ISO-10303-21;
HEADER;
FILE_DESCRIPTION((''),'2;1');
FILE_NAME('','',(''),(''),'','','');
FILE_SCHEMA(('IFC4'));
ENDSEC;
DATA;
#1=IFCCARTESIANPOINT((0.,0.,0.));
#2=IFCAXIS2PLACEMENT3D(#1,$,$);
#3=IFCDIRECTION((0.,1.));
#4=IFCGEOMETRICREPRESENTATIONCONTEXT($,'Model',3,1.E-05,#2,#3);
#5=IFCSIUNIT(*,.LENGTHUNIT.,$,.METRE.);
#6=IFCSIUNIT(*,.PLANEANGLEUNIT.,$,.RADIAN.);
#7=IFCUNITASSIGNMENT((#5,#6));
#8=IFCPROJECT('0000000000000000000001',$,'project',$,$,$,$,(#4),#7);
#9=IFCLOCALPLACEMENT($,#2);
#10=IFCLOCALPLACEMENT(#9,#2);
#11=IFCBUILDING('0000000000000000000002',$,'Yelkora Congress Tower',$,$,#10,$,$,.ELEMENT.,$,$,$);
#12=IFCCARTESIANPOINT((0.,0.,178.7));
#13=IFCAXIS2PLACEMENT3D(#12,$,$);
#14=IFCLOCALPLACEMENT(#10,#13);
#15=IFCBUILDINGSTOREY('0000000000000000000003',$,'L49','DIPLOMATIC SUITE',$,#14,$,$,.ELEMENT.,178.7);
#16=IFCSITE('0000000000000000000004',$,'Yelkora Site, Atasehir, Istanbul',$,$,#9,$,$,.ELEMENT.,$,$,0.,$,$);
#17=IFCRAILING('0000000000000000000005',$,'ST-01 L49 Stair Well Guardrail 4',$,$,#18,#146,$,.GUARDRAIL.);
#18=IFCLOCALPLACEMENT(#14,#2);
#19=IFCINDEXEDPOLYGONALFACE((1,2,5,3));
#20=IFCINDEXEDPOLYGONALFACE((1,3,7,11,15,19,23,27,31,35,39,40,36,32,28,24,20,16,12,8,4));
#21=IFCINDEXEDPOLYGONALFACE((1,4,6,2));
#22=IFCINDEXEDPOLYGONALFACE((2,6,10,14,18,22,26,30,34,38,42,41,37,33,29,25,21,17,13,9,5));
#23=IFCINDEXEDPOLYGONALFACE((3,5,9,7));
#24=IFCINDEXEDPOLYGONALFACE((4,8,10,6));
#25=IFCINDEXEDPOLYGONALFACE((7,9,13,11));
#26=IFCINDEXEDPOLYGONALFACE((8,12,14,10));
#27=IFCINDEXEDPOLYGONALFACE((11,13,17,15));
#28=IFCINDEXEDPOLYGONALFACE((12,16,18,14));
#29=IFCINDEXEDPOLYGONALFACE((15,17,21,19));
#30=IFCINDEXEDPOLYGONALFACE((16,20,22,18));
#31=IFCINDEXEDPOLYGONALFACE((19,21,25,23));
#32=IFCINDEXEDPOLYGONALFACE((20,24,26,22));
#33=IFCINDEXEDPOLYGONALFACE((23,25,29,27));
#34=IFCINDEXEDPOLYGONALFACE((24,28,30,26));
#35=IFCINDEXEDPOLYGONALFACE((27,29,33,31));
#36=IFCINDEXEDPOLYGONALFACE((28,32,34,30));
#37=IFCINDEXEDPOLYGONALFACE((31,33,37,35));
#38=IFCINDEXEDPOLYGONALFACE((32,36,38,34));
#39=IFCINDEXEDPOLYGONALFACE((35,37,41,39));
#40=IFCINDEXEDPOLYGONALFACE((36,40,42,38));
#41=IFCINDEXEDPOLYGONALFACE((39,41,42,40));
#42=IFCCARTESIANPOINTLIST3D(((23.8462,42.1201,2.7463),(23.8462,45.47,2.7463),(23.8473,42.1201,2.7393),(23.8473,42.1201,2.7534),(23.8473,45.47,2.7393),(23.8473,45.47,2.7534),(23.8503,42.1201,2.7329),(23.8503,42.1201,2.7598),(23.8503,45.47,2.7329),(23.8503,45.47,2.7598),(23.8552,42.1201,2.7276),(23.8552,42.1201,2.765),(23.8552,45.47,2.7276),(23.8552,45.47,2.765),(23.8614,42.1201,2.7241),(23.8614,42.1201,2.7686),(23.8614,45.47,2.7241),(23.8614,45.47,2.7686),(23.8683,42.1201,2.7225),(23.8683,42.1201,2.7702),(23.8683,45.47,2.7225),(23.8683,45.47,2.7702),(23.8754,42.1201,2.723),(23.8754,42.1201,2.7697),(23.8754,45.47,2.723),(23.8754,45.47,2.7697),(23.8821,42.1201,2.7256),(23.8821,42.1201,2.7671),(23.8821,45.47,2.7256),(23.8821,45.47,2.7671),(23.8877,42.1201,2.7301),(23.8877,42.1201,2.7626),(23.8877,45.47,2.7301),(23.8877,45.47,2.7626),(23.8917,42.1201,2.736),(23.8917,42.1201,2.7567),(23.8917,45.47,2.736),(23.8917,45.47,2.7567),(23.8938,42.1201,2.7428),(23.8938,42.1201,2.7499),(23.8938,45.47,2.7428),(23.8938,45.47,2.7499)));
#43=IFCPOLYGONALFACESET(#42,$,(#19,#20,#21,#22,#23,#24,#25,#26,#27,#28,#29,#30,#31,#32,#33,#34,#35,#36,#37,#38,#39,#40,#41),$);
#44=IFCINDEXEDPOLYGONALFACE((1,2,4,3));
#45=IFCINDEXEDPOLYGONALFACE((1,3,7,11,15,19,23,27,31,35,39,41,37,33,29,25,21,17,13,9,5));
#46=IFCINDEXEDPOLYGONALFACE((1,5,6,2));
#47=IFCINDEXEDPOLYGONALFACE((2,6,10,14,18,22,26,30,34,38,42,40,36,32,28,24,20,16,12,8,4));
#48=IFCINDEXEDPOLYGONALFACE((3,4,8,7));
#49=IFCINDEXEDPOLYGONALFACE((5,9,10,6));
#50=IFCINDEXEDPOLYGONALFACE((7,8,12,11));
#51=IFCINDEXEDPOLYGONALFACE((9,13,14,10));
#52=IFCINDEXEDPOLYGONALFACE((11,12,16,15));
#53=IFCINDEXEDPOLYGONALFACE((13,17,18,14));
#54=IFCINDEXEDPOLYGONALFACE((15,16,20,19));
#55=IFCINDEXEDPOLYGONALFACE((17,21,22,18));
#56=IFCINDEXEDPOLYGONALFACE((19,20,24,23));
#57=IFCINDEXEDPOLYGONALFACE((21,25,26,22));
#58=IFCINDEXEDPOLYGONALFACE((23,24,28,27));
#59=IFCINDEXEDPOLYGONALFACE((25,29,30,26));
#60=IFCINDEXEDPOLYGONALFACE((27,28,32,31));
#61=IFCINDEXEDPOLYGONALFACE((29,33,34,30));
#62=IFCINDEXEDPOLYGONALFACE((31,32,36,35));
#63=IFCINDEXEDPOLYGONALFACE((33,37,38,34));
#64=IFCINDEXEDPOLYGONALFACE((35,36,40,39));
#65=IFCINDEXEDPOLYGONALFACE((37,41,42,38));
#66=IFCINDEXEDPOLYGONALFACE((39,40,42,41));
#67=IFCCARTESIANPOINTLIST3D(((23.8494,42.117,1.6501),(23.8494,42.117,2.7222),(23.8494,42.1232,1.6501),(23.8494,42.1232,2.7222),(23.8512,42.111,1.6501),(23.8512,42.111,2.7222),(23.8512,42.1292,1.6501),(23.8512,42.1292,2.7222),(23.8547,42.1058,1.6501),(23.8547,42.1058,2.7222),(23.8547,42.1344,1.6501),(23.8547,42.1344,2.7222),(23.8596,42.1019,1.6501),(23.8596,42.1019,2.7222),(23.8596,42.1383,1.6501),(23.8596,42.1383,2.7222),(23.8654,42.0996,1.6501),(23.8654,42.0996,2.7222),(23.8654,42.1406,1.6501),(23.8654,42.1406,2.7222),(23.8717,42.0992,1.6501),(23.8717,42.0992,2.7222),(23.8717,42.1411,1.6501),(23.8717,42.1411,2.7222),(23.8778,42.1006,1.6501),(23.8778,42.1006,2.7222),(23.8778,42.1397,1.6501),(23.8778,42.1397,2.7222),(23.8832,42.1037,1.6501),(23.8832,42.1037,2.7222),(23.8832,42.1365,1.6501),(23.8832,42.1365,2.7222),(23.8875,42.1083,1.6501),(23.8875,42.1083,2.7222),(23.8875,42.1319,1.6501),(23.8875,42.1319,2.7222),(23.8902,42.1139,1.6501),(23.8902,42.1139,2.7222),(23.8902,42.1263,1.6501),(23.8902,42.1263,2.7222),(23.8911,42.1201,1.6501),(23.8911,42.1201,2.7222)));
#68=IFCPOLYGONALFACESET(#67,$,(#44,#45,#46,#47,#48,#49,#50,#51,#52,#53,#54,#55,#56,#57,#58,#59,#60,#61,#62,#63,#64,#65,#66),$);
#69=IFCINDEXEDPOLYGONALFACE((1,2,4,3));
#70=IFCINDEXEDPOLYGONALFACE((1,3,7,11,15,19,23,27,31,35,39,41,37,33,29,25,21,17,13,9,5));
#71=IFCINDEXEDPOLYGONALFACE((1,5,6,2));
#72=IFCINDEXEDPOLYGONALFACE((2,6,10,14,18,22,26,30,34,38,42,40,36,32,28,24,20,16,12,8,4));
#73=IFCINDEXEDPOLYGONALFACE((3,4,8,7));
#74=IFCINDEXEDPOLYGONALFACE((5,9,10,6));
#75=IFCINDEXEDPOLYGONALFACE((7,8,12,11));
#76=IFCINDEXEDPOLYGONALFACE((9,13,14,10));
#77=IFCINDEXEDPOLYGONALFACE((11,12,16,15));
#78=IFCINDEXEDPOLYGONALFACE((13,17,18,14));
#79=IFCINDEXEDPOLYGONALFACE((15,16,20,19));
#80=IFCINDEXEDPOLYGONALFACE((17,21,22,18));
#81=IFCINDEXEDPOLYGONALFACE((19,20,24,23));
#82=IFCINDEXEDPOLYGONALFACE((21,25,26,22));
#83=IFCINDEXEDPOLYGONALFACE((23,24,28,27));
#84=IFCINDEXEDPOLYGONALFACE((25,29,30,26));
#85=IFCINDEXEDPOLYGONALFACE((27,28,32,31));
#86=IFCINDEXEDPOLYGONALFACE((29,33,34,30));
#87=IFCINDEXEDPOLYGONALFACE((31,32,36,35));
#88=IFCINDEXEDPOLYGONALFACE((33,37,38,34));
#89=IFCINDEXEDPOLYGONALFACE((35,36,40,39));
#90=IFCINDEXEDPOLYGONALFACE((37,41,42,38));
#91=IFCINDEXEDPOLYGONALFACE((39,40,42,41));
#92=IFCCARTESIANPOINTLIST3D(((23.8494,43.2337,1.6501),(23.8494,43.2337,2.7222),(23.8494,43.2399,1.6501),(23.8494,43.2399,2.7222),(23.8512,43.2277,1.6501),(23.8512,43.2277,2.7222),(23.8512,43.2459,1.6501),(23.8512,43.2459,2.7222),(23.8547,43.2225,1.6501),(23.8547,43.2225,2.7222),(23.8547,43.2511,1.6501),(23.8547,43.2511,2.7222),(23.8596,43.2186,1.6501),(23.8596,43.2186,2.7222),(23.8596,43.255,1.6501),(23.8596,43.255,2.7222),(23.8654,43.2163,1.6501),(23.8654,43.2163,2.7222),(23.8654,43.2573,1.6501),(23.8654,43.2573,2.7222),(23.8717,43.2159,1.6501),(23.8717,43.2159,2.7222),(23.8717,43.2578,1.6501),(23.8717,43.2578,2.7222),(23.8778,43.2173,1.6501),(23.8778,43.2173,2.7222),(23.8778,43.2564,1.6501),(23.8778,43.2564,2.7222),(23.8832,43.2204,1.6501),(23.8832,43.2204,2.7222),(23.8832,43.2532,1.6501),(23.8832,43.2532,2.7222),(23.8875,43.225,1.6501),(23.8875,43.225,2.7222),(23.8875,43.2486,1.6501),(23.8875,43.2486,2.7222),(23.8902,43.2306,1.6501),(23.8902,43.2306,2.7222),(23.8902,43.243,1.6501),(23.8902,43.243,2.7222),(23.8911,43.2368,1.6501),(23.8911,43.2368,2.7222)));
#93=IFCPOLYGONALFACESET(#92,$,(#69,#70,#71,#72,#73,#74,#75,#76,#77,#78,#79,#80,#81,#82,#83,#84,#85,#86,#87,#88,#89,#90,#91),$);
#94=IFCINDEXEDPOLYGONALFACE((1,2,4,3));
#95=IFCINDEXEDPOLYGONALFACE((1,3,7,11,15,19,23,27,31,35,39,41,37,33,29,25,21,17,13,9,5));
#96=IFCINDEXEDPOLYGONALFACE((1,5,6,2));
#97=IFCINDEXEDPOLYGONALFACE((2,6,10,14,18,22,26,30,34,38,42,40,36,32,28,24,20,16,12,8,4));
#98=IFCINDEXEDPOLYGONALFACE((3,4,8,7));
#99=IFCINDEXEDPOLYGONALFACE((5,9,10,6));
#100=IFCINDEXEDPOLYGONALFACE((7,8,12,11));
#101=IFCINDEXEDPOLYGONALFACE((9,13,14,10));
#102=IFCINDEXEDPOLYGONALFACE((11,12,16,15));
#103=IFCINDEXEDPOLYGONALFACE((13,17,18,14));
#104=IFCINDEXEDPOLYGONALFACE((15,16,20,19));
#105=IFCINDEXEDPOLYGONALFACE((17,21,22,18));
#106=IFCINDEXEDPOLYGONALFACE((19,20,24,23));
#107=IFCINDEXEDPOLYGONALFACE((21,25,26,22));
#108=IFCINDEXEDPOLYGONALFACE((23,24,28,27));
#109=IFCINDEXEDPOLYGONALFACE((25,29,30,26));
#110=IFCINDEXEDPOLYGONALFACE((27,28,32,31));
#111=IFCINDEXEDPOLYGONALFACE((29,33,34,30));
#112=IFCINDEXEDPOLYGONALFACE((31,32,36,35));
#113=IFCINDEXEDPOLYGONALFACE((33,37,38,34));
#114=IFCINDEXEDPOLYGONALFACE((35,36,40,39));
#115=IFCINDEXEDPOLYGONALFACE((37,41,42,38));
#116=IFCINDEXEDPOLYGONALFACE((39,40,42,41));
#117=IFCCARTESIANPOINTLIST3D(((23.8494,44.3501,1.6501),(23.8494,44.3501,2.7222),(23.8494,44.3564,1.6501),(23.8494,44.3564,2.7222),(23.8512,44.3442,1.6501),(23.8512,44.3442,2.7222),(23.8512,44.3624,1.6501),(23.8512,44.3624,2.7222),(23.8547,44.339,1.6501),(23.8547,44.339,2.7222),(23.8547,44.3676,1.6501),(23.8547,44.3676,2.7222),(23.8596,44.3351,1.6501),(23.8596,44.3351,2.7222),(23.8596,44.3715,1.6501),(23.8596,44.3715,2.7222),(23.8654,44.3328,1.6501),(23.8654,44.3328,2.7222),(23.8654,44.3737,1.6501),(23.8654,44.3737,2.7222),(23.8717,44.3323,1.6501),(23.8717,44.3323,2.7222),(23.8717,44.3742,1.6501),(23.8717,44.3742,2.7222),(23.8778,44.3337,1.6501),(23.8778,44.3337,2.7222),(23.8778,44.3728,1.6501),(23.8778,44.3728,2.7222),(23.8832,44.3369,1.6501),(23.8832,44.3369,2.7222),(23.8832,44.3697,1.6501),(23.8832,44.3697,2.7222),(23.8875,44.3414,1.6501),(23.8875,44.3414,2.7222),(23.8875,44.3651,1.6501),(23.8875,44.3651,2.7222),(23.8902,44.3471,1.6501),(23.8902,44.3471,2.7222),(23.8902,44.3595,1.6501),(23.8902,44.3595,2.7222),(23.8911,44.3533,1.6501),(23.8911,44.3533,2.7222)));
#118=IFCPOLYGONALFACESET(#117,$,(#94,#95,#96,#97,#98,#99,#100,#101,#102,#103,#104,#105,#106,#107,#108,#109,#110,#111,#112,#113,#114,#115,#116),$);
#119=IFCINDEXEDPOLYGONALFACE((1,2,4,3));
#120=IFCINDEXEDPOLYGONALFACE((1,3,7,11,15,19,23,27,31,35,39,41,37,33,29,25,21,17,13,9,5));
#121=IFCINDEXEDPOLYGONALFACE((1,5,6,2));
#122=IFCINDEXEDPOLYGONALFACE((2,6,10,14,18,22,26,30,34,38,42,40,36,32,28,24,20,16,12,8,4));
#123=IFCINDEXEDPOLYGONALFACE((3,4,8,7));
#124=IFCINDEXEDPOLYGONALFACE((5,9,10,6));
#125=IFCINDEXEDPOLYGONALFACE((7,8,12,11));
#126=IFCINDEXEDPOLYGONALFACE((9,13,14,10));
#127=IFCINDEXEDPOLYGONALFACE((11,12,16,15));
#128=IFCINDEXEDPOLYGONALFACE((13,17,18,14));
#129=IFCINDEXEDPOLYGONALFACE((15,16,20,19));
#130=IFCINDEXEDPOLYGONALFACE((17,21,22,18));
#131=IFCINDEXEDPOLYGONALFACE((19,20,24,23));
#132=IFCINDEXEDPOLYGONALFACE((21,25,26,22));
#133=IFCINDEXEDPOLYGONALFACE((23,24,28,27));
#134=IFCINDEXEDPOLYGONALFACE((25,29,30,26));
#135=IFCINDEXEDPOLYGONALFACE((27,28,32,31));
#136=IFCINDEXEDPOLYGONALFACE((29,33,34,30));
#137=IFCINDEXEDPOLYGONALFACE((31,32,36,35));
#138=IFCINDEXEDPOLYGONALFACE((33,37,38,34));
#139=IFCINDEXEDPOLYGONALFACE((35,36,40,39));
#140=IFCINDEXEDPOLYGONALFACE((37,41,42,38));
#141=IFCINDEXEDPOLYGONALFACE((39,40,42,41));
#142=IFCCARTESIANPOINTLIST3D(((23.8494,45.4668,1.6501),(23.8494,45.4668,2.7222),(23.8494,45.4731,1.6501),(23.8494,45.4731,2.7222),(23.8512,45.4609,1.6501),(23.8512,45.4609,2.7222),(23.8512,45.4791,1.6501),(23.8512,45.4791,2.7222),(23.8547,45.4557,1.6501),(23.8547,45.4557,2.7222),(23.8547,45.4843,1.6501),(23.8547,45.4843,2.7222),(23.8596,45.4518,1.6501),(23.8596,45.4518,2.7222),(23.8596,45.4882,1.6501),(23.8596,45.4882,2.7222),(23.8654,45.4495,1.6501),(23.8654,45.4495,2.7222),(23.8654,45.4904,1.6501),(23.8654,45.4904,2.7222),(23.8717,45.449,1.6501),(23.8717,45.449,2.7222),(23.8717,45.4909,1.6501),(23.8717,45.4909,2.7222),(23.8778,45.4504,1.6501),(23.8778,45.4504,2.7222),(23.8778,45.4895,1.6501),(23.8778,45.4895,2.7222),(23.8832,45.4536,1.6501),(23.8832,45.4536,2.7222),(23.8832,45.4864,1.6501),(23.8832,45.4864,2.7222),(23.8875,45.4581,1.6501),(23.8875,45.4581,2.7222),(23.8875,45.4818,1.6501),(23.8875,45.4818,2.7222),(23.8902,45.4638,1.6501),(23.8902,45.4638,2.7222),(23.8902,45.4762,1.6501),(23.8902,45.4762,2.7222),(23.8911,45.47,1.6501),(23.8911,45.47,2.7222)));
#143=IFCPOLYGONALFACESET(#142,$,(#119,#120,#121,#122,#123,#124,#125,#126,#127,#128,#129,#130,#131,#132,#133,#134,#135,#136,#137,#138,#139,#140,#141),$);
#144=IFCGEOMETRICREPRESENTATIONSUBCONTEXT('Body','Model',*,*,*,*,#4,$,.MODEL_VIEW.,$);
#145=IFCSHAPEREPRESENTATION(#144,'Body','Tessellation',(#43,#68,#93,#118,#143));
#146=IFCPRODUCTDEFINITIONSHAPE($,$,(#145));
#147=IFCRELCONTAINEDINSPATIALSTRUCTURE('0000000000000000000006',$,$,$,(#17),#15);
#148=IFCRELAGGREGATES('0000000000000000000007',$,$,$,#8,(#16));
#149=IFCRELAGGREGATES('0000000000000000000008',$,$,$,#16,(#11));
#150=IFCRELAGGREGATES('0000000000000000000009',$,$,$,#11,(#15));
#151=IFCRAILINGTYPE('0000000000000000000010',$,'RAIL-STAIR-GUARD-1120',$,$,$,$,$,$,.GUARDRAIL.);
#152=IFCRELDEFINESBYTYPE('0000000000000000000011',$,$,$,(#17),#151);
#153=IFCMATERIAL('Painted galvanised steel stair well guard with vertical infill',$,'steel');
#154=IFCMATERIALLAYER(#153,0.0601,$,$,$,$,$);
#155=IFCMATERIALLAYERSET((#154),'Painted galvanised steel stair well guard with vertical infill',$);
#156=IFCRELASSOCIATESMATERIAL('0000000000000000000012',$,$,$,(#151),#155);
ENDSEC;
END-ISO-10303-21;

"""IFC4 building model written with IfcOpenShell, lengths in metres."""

from ifc_helpers import new_model, si_unit, direction, frame, origin, origin_2d, place, context, subcontext, project, spatial, circle, extrude, material, layer, layer_set, type_object, element, save


model = new_model("IFC4")

# Units and contexts
model_context = context("Model", 3, precision=1e-05, world=origin(), true_north=direction((0.0, 1.0)))
body_context = subcontext(model_context, "Body", "Model", "MODEL_VIEW")
ifc_project = project(units=[si_unit("LENGTHUNIT", "METRE"), si_unit("PLANEANGLEUNIT", "RADIAN")], contexts=[model_context])

# Site, building, storey
site_placement = place(None, origin())
site = spatial("IfcSite", under=ifc_project, at=site_placement, Name="Yelkora Site, Atasehir, Istanbul", CompositionType="ELEMENT", RefElevation=0.0)
building_placement = place(site_placement, origin())
building = spatial("IfcBuilding", under=site, at=building_placement, Name="Yelkora Congress Tower", CompositionType="ELEMENT")
storey_placement = place(building_placement, frame((0.0, 0.0, 178.7)))
storey = spatial("IfcBuildingStorey", under=building, at=storey_placement, Name="L49", Description="DIPLOMATIC SUITE", CompositionType="ELEMENT", Elevation=178.7)

# Railing
ifc_material_1 = material(Name="Painted galvanised steel stair well guard with vertical infill", Category="steel")
ifc_layer_1 = layer(ifc_material_1, 0.0601)
ifc_layer_set_1 = layer_set([ifc_layer_1], Name="Painted galvanised steel stair well guard with vertical infill")
railing_type_1 = type_object("IfcRailingType", Name="RAIL-STAIR-GUARD-1120", PredefinedType="GUARDRAIL", material=ifc_layer_set_1)
for number, where, name in (
    (1, (23.8701, 42.1201, 1.6501), "ST-01 L49 Stair Well Guardrail 4"),
):
    element("IfcRailing", number, at=place(storey_placement, frame(where)), inside=storey, type_object=railing_type_1, Name=name, PredefinedType="GUARDRAIL", context=body_context, shape_type="SweptSolid", body=[
        extrude(circle(Radius=0.0239, at=origin_2d()), frame((0.0, 0.0, 1.0962), z_axis=(0.0, 1.0, 0.0), x_axis=(-1.0, 0.0, 0.0)), (0.0, 0.0, 1.0), 3.3499),
        extrude(circle(Radius=0.021, at=origin_2d()), origin(), (0.0, 0.0, 1.0), 1.072),
        extrude(circle(Radius=0.021, at=origin_2d()), frame((0.0, 1.1167, 0.0)), (0.0, 0.0, 1.0), 1.072),
        extrude(circle(Radius=0.021, at=origin_2d()), frame((0.0, 2.2332, 0.0)), (0.0, 0.0, 1.0), 1.072),
        extrude(circle(Radius=0.021, at=origin_2d()), frame((0.0, 3.3499, 0.0)), (0.0, 0.0, 1.0), 1.072),
    ])

save(model, "model.ifc")
